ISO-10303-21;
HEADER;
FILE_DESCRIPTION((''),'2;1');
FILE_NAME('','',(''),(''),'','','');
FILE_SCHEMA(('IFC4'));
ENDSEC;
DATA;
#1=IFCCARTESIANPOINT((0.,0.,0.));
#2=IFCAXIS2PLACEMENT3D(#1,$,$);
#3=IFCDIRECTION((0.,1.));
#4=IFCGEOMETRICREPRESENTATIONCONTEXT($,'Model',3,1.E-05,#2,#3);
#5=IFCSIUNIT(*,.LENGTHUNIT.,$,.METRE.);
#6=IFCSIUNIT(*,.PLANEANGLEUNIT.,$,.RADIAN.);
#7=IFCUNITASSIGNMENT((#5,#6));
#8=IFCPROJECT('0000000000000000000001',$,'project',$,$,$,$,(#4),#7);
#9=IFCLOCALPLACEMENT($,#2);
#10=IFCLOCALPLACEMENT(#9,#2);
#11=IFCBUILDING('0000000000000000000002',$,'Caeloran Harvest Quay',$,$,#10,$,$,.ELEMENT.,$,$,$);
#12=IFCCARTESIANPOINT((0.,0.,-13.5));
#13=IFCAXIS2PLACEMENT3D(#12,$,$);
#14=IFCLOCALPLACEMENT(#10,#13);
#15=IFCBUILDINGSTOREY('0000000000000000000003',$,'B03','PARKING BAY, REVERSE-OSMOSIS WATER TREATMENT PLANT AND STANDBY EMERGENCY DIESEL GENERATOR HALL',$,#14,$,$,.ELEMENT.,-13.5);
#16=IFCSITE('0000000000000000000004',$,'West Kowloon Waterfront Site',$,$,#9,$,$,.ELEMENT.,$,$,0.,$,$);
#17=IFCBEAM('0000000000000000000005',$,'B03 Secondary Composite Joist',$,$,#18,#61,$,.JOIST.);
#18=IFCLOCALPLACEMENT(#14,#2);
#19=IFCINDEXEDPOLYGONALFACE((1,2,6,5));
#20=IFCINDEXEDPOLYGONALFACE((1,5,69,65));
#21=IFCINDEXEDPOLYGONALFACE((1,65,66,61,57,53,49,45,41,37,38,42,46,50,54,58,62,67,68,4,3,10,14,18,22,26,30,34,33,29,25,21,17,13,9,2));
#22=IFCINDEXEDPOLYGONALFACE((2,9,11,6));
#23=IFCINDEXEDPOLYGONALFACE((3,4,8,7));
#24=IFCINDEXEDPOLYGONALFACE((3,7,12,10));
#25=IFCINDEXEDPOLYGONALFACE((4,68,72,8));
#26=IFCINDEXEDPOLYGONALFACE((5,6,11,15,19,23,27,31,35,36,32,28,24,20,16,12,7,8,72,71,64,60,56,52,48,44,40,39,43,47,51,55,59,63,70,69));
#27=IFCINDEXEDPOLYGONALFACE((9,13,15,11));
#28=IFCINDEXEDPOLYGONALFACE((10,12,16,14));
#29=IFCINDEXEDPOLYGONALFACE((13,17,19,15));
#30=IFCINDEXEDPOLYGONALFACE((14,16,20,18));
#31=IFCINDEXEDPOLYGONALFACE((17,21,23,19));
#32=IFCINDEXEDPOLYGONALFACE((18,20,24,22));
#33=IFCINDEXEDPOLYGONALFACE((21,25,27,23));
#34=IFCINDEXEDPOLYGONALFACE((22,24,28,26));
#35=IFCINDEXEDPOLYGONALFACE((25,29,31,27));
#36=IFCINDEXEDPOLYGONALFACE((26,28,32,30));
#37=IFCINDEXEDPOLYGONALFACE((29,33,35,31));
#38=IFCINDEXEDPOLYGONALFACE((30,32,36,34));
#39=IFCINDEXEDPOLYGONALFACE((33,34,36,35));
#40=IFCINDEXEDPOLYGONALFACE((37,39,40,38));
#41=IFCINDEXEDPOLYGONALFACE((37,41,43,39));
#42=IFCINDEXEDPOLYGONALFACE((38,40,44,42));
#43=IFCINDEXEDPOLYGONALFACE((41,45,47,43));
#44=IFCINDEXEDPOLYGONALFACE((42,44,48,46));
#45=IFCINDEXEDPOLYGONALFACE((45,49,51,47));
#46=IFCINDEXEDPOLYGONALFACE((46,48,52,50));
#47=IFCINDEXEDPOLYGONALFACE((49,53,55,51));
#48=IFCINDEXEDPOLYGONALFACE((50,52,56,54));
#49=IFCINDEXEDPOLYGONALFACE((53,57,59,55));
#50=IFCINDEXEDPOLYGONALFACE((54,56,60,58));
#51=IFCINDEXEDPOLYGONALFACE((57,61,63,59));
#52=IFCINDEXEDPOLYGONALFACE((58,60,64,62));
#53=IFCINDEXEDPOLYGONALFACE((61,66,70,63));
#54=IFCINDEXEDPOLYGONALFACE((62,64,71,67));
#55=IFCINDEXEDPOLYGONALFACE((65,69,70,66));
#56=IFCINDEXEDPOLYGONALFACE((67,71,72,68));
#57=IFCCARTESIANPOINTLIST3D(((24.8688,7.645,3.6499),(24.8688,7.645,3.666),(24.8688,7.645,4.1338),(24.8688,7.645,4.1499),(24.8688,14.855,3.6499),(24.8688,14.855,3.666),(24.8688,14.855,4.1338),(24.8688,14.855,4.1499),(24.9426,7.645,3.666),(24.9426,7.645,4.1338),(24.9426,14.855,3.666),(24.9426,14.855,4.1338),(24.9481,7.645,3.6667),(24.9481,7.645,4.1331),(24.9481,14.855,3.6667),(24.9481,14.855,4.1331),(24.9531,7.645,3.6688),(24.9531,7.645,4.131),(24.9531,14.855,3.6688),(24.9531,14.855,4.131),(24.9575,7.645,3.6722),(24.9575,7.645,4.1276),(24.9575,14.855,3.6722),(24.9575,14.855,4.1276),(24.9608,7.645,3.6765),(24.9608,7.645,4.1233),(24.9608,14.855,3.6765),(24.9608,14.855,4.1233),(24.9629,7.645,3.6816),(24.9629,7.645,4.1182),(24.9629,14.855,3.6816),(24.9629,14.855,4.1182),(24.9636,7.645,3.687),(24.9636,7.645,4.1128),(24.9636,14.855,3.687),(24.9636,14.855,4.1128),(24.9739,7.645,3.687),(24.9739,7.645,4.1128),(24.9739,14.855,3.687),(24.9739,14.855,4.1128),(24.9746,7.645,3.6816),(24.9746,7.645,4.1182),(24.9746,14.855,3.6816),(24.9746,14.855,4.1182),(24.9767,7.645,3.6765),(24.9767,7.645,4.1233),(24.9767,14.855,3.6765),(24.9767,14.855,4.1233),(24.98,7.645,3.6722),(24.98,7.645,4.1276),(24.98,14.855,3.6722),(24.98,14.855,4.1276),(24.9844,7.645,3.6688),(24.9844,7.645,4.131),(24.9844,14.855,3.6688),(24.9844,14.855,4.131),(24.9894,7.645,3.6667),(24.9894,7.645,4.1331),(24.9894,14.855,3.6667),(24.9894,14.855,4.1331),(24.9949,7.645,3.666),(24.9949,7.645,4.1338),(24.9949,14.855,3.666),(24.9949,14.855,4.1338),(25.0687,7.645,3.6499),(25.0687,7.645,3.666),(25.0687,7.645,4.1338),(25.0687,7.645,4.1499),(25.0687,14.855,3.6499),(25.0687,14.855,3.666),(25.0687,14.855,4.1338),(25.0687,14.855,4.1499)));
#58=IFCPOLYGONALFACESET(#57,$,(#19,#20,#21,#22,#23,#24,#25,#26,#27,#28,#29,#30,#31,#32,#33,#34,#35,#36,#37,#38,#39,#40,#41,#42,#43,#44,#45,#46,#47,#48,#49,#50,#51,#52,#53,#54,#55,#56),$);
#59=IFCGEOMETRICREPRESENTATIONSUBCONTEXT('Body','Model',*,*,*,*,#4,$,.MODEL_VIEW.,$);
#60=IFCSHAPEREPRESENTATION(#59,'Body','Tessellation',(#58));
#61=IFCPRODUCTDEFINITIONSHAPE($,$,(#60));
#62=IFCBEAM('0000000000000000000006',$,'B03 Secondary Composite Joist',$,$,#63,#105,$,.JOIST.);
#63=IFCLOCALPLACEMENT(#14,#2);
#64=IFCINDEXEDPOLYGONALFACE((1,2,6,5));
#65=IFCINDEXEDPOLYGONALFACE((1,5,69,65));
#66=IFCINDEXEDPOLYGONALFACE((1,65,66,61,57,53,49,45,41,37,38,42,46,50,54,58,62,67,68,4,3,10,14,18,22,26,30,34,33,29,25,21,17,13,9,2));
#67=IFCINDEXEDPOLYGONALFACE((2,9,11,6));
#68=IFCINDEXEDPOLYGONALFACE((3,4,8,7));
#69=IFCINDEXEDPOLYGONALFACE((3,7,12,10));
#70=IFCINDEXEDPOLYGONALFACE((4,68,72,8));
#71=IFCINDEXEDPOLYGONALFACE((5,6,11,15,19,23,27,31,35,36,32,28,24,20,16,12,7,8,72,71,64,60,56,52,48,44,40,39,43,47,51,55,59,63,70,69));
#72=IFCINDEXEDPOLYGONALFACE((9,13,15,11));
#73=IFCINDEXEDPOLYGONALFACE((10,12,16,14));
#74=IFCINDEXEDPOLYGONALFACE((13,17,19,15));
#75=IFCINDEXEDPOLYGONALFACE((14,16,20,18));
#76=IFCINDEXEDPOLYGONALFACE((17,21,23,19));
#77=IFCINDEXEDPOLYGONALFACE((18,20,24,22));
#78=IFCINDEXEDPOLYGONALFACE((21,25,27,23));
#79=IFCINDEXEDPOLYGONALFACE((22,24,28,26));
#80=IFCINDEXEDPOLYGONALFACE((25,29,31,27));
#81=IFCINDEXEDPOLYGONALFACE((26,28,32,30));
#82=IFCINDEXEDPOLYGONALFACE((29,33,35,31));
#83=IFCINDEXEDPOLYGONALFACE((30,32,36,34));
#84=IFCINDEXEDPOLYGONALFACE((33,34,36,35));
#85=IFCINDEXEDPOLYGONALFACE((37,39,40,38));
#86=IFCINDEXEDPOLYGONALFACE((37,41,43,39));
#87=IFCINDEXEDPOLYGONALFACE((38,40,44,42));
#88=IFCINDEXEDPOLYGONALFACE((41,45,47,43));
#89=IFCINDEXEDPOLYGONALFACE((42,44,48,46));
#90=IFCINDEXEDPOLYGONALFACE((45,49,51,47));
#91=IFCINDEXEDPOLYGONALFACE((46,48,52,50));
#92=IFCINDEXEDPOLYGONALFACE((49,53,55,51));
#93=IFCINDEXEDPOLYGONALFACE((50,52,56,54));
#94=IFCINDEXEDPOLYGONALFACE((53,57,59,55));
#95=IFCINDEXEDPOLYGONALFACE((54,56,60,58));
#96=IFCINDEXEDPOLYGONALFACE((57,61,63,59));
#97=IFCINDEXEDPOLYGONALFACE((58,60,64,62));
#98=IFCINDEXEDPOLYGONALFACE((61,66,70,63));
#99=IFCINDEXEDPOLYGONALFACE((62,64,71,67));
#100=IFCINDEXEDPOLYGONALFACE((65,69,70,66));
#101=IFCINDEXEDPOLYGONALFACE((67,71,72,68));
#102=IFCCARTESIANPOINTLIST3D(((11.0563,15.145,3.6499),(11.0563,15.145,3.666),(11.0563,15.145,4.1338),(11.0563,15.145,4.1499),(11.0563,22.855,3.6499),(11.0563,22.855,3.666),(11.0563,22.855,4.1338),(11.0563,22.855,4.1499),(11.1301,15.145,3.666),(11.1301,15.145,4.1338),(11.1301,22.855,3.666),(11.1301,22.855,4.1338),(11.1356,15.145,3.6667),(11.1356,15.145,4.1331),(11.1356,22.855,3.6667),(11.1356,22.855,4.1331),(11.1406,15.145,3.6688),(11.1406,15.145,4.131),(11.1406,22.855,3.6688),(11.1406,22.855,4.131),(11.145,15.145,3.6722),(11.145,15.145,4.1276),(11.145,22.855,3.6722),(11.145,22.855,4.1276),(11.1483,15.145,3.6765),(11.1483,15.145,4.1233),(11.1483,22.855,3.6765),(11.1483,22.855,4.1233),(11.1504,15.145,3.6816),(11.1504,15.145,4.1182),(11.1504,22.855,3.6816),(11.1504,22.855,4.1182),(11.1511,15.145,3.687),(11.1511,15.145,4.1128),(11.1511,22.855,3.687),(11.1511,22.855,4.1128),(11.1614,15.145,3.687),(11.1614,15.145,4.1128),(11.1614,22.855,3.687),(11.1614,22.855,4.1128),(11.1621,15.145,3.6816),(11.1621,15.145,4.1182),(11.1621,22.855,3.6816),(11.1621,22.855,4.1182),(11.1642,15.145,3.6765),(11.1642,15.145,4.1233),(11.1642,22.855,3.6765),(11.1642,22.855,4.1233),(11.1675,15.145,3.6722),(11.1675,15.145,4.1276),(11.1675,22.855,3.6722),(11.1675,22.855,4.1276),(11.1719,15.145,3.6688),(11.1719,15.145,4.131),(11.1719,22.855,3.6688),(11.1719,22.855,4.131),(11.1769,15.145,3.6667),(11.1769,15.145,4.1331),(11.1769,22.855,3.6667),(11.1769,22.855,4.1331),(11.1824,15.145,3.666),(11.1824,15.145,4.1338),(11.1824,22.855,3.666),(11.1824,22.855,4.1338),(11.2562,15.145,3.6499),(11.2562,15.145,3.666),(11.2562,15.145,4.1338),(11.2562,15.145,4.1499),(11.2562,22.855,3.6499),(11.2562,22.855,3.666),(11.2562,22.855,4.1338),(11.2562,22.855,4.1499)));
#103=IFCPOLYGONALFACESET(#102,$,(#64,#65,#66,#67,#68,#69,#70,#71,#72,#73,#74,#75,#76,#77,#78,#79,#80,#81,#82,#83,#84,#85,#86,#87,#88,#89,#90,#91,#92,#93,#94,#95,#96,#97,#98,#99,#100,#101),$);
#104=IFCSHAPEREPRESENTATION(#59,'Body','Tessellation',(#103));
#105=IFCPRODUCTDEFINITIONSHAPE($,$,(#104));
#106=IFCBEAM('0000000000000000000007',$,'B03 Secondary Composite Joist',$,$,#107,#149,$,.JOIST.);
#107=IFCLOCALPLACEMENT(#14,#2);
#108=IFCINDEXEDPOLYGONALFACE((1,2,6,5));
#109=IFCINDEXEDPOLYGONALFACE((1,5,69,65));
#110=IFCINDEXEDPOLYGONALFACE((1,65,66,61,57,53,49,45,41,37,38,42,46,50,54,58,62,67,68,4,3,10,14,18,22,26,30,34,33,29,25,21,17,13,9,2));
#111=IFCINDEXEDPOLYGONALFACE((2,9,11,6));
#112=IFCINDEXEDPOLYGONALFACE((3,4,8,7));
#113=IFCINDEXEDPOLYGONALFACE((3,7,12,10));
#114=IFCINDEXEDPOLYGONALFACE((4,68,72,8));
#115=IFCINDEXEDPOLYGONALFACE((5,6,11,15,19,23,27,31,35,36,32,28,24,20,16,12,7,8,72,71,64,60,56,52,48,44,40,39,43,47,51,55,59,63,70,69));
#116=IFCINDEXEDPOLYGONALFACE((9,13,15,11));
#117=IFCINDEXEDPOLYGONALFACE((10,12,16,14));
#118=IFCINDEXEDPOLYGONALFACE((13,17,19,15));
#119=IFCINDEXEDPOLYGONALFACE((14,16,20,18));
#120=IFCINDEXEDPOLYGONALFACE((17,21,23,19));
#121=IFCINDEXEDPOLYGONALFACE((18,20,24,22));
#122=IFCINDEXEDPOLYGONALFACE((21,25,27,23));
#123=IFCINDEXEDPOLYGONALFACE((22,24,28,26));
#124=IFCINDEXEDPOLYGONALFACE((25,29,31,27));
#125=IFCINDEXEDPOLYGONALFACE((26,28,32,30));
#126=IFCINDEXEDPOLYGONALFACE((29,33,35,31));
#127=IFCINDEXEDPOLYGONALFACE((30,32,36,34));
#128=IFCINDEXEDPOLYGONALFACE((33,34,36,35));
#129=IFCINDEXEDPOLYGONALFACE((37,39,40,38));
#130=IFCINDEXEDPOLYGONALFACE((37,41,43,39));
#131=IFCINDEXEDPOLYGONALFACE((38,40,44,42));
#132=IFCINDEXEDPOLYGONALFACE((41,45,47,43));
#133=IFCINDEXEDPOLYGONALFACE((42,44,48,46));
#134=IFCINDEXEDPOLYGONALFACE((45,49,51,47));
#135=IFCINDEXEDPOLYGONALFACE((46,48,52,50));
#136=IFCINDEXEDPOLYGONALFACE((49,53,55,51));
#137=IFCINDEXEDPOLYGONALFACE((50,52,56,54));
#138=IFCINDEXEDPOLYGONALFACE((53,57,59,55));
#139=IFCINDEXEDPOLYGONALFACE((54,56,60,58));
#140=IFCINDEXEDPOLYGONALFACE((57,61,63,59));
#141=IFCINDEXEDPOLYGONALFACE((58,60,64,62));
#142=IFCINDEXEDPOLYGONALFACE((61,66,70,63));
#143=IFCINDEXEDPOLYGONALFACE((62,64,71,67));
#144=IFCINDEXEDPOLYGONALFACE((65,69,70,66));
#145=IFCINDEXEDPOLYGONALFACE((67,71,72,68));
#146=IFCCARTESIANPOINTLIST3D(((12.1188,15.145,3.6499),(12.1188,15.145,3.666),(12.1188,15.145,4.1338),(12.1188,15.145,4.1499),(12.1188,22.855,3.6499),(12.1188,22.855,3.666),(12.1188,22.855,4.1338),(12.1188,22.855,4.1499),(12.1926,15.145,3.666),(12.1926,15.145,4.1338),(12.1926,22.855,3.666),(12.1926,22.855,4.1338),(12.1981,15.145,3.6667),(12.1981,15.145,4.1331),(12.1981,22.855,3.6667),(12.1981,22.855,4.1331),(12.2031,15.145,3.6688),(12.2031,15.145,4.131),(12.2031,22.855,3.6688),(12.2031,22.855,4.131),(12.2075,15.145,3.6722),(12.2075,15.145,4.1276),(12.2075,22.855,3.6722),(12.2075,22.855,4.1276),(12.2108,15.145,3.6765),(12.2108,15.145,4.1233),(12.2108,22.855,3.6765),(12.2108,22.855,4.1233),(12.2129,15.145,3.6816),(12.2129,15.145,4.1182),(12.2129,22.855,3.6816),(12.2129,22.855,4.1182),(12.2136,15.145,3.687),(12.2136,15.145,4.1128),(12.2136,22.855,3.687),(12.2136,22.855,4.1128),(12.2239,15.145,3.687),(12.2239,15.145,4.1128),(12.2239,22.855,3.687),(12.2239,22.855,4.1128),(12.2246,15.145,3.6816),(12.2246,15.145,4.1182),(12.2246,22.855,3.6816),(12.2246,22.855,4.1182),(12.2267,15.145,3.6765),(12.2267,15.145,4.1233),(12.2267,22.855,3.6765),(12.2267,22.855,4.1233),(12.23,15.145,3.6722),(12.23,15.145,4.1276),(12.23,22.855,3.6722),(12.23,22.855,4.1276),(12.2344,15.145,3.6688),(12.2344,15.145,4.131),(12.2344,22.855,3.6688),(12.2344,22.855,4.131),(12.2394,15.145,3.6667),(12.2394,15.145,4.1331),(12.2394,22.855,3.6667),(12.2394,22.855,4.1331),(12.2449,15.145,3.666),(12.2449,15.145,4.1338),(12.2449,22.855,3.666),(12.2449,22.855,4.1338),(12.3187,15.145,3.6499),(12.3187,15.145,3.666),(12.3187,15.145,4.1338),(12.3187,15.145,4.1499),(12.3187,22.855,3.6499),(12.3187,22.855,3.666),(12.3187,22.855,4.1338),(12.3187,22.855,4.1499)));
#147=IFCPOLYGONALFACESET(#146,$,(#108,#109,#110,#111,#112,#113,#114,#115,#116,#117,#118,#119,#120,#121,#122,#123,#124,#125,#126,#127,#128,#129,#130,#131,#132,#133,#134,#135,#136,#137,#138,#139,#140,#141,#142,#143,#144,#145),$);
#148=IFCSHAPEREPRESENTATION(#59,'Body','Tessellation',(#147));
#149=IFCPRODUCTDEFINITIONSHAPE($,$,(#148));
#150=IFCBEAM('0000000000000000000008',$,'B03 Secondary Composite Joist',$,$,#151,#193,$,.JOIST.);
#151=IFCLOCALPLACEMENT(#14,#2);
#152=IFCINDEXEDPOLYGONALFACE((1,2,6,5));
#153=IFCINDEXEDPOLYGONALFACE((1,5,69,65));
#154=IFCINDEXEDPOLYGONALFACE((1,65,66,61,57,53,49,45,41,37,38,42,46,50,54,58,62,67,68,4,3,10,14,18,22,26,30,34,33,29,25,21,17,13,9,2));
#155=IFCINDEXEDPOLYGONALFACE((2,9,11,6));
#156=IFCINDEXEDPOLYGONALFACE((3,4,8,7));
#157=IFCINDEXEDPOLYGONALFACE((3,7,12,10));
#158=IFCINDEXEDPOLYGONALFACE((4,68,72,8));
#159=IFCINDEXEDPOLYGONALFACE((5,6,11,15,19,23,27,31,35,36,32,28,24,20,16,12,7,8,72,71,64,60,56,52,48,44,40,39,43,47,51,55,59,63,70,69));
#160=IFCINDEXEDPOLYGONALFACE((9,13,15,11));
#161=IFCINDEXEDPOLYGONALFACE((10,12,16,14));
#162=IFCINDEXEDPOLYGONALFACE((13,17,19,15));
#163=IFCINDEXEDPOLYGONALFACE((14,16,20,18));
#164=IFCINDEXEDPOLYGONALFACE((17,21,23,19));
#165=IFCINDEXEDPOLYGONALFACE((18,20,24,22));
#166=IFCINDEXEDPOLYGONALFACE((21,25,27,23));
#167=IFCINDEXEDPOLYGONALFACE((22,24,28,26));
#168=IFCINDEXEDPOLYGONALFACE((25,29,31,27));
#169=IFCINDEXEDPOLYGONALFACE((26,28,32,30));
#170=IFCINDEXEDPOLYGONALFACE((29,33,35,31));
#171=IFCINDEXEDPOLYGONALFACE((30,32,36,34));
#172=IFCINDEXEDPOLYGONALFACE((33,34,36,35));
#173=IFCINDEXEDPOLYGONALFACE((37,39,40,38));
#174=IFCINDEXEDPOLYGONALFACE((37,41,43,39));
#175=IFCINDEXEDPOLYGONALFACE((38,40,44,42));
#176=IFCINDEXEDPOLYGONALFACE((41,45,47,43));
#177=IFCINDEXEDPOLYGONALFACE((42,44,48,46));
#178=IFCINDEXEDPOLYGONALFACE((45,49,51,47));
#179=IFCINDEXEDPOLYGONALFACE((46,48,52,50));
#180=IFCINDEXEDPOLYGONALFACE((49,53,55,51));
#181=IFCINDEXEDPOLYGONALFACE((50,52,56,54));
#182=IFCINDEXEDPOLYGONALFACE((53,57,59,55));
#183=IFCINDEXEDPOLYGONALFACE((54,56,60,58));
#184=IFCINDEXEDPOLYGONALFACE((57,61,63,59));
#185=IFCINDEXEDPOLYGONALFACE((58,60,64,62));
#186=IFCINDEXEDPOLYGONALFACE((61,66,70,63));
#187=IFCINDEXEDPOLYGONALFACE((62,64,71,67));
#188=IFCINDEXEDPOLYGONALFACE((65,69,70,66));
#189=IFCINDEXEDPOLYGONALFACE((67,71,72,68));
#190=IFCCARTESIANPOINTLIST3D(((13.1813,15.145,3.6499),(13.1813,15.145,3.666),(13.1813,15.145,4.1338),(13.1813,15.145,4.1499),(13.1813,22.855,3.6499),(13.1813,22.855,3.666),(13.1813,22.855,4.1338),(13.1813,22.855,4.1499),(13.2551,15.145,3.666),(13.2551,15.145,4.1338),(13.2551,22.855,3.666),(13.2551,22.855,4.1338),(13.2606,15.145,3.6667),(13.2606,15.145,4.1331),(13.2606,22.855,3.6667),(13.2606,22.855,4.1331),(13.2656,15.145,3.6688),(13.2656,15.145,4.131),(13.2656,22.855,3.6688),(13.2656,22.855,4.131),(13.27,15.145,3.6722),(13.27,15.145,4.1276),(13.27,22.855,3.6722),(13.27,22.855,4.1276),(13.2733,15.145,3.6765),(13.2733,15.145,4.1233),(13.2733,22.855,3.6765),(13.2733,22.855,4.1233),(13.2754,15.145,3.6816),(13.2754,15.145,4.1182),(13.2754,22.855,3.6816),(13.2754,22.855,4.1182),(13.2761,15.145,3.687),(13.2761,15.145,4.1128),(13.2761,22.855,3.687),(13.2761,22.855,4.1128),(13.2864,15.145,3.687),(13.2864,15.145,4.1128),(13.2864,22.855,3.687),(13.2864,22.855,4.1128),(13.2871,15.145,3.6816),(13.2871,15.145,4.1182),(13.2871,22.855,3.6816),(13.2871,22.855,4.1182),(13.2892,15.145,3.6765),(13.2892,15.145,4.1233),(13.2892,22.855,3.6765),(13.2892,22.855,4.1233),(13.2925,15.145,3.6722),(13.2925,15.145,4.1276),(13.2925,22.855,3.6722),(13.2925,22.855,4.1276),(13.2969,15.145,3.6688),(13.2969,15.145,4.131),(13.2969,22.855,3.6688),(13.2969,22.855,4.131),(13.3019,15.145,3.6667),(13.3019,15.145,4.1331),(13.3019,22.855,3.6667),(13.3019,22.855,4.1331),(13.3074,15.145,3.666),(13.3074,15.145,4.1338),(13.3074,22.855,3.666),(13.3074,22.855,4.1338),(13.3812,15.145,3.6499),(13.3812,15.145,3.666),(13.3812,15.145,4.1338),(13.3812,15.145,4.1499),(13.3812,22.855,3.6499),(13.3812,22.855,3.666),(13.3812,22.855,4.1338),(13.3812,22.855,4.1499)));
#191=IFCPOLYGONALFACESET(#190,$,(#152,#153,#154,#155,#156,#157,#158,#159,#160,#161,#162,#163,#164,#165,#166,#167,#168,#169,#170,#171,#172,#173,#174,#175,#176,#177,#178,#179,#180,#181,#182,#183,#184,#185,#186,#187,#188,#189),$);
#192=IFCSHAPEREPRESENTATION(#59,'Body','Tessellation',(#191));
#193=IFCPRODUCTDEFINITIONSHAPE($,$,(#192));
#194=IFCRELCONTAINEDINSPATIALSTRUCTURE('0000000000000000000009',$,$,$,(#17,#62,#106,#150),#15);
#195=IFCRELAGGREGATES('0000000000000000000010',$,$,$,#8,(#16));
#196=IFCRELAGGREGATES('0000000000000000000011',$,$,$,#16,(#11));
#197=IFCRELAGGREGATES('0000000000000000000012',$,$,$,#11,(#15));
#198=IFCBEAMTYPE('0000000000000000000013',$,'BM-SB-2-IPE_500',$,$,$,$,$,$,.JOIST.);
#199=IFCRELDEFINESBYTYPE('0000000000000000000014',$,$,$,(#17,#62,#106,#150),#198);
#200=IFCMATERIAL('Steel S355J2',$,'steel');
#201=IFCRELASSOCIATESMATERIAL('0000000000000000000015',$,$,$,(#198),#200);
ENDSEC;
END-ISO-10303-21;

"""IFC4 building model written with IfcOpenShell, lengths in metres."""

from ifc_helpers import new_model, si_unit, direction, frame, origin, origin_2d, place, context, subcontext, project, spatial, i_section, extrude, material, material_profile, profile_set, type_object, element, save


model = new_model("IFC4")

# Units and contexts
model_context = context("Model", 3, precision=1e-05, world=origin(), true_north=direction((0.0, 1.0)))
body_context = subcontext(model_context, "Body", "Model", "MODEL_VIEW")
ifc_project = project(units=[si_unit("LENGTHUNIT", "METRE"), si_unit("PLANEANGLEUNIT", "RADIAN")], contexts=[model_context])

# Site, building, storey
site_placement = place(None, origin())
site = spatial("IfcSite", under=ifc_project, at=site_placement, Name="West Kowloon Waterfront Site", CompositionType="ELEMENT", RefElevation=0.0)
building_placement = place(site_placement, origin())
building = spatial("IfcBuilding", under=site, at=building_placement, Name="Caeloran Harvest Quay", CompositionType="ELEMENT")
storey_placement = place(building_placement, frame((0.0, 0.0, -13.5)))
storey = spatial("IfcBuildingStorey", under=building, at=storey_placement, Name="B03", Description="PARKING BAY, REVERSE-OSMOSIS WATER TREATMENT PLANT AND STANDBY EMERGENCY DIESEL GENERATOR HALL", CompositionType="ELEMENT", Elevation=-13.5)

# Beams
ifc_material_1 = material(Name="Steel S355J2", Category="steel")
ifc_material_profile_1 = material_profile(ifc_material_1, i_section(OverallWidth=0.2, OverallDepth=0.5, WebThickness=0.0103, FlangeThickness=0.0161, FilletRadius=0.021, at=origin_2d()), Name="IPE 500")
ifc_profile_set_1 = profile_set([ifc_material_profile_1], Name="Steel S355J2")
beam_type_1 = type_object("IfcBeamType", Name="BM-SB-2-IPE_500", PredefinedType="JOIST", material=ifc_profile_set_1)
for number, where, z_axis, x_axis, name in (
    (1, (24.9688, 7.645, 3.8999), (0.0, 1.0, 0.0), (-1.0, 0.0, 0.0), "B03 Secondary Composite Joist"),
):
    element("IfcBeam", number, at=place(storey_placement, frame(where, z_axis=z_axis, x_axis=x_axis)), inside=storey, type_object=beam_type_1, Name=name, PredefinedType="JOIST", context=body_context, shape_type="SweptSolid", body=[
        extrude(i_section(OverallWidth=0.2, OverallDepth=0.5, WebThickness=0.0103, FlangeThickness=0.0161, FilletRadius=0.021, at=origin_2d()), origin(), (0.0, 0.0, 1.0), 7.21),
    ])
for number, where, z_axis, x_axis, name in (
    (2, (11.1562, 15.145, 3.8999), (0.0, 1.0, 0.0), (-1.0, 0.0, 0.0), "B03 Secondary Composite Joist"),
    (3, (12.2188, 15.145, 3.8999), (0.0, 1.0, 0.0), (-1.0, 0.0, 0.0), "B03 Secondary Composite Joist"),
    (4, (13.2812, 15.145, 3.8999), (0.0, 1.0, 0.0), (-1.0, 0.0, 0.0), "B03 Secondary Composite Joist"),
):
    element("IfcBeam", number, at=place(storey_placement, frame(where, z_axis=z_axis, x_axis=x_axis)), inside=storey, type_object=beam_type_1, Name=name, PredefinedType="JOIST", context=body_context, shape_type="SweptSolid", body=[
        extrude(i_section(OverallWidth=0.2, OverallDepth=0.5, WebThickness=0.0103, FlangeThickness=0.0161, FilletRadius=0.021, at=origin_2d()), origin(), (0.0, 0.0, 1.0), 7.71),
    ])

save(model, "model.ifc")
